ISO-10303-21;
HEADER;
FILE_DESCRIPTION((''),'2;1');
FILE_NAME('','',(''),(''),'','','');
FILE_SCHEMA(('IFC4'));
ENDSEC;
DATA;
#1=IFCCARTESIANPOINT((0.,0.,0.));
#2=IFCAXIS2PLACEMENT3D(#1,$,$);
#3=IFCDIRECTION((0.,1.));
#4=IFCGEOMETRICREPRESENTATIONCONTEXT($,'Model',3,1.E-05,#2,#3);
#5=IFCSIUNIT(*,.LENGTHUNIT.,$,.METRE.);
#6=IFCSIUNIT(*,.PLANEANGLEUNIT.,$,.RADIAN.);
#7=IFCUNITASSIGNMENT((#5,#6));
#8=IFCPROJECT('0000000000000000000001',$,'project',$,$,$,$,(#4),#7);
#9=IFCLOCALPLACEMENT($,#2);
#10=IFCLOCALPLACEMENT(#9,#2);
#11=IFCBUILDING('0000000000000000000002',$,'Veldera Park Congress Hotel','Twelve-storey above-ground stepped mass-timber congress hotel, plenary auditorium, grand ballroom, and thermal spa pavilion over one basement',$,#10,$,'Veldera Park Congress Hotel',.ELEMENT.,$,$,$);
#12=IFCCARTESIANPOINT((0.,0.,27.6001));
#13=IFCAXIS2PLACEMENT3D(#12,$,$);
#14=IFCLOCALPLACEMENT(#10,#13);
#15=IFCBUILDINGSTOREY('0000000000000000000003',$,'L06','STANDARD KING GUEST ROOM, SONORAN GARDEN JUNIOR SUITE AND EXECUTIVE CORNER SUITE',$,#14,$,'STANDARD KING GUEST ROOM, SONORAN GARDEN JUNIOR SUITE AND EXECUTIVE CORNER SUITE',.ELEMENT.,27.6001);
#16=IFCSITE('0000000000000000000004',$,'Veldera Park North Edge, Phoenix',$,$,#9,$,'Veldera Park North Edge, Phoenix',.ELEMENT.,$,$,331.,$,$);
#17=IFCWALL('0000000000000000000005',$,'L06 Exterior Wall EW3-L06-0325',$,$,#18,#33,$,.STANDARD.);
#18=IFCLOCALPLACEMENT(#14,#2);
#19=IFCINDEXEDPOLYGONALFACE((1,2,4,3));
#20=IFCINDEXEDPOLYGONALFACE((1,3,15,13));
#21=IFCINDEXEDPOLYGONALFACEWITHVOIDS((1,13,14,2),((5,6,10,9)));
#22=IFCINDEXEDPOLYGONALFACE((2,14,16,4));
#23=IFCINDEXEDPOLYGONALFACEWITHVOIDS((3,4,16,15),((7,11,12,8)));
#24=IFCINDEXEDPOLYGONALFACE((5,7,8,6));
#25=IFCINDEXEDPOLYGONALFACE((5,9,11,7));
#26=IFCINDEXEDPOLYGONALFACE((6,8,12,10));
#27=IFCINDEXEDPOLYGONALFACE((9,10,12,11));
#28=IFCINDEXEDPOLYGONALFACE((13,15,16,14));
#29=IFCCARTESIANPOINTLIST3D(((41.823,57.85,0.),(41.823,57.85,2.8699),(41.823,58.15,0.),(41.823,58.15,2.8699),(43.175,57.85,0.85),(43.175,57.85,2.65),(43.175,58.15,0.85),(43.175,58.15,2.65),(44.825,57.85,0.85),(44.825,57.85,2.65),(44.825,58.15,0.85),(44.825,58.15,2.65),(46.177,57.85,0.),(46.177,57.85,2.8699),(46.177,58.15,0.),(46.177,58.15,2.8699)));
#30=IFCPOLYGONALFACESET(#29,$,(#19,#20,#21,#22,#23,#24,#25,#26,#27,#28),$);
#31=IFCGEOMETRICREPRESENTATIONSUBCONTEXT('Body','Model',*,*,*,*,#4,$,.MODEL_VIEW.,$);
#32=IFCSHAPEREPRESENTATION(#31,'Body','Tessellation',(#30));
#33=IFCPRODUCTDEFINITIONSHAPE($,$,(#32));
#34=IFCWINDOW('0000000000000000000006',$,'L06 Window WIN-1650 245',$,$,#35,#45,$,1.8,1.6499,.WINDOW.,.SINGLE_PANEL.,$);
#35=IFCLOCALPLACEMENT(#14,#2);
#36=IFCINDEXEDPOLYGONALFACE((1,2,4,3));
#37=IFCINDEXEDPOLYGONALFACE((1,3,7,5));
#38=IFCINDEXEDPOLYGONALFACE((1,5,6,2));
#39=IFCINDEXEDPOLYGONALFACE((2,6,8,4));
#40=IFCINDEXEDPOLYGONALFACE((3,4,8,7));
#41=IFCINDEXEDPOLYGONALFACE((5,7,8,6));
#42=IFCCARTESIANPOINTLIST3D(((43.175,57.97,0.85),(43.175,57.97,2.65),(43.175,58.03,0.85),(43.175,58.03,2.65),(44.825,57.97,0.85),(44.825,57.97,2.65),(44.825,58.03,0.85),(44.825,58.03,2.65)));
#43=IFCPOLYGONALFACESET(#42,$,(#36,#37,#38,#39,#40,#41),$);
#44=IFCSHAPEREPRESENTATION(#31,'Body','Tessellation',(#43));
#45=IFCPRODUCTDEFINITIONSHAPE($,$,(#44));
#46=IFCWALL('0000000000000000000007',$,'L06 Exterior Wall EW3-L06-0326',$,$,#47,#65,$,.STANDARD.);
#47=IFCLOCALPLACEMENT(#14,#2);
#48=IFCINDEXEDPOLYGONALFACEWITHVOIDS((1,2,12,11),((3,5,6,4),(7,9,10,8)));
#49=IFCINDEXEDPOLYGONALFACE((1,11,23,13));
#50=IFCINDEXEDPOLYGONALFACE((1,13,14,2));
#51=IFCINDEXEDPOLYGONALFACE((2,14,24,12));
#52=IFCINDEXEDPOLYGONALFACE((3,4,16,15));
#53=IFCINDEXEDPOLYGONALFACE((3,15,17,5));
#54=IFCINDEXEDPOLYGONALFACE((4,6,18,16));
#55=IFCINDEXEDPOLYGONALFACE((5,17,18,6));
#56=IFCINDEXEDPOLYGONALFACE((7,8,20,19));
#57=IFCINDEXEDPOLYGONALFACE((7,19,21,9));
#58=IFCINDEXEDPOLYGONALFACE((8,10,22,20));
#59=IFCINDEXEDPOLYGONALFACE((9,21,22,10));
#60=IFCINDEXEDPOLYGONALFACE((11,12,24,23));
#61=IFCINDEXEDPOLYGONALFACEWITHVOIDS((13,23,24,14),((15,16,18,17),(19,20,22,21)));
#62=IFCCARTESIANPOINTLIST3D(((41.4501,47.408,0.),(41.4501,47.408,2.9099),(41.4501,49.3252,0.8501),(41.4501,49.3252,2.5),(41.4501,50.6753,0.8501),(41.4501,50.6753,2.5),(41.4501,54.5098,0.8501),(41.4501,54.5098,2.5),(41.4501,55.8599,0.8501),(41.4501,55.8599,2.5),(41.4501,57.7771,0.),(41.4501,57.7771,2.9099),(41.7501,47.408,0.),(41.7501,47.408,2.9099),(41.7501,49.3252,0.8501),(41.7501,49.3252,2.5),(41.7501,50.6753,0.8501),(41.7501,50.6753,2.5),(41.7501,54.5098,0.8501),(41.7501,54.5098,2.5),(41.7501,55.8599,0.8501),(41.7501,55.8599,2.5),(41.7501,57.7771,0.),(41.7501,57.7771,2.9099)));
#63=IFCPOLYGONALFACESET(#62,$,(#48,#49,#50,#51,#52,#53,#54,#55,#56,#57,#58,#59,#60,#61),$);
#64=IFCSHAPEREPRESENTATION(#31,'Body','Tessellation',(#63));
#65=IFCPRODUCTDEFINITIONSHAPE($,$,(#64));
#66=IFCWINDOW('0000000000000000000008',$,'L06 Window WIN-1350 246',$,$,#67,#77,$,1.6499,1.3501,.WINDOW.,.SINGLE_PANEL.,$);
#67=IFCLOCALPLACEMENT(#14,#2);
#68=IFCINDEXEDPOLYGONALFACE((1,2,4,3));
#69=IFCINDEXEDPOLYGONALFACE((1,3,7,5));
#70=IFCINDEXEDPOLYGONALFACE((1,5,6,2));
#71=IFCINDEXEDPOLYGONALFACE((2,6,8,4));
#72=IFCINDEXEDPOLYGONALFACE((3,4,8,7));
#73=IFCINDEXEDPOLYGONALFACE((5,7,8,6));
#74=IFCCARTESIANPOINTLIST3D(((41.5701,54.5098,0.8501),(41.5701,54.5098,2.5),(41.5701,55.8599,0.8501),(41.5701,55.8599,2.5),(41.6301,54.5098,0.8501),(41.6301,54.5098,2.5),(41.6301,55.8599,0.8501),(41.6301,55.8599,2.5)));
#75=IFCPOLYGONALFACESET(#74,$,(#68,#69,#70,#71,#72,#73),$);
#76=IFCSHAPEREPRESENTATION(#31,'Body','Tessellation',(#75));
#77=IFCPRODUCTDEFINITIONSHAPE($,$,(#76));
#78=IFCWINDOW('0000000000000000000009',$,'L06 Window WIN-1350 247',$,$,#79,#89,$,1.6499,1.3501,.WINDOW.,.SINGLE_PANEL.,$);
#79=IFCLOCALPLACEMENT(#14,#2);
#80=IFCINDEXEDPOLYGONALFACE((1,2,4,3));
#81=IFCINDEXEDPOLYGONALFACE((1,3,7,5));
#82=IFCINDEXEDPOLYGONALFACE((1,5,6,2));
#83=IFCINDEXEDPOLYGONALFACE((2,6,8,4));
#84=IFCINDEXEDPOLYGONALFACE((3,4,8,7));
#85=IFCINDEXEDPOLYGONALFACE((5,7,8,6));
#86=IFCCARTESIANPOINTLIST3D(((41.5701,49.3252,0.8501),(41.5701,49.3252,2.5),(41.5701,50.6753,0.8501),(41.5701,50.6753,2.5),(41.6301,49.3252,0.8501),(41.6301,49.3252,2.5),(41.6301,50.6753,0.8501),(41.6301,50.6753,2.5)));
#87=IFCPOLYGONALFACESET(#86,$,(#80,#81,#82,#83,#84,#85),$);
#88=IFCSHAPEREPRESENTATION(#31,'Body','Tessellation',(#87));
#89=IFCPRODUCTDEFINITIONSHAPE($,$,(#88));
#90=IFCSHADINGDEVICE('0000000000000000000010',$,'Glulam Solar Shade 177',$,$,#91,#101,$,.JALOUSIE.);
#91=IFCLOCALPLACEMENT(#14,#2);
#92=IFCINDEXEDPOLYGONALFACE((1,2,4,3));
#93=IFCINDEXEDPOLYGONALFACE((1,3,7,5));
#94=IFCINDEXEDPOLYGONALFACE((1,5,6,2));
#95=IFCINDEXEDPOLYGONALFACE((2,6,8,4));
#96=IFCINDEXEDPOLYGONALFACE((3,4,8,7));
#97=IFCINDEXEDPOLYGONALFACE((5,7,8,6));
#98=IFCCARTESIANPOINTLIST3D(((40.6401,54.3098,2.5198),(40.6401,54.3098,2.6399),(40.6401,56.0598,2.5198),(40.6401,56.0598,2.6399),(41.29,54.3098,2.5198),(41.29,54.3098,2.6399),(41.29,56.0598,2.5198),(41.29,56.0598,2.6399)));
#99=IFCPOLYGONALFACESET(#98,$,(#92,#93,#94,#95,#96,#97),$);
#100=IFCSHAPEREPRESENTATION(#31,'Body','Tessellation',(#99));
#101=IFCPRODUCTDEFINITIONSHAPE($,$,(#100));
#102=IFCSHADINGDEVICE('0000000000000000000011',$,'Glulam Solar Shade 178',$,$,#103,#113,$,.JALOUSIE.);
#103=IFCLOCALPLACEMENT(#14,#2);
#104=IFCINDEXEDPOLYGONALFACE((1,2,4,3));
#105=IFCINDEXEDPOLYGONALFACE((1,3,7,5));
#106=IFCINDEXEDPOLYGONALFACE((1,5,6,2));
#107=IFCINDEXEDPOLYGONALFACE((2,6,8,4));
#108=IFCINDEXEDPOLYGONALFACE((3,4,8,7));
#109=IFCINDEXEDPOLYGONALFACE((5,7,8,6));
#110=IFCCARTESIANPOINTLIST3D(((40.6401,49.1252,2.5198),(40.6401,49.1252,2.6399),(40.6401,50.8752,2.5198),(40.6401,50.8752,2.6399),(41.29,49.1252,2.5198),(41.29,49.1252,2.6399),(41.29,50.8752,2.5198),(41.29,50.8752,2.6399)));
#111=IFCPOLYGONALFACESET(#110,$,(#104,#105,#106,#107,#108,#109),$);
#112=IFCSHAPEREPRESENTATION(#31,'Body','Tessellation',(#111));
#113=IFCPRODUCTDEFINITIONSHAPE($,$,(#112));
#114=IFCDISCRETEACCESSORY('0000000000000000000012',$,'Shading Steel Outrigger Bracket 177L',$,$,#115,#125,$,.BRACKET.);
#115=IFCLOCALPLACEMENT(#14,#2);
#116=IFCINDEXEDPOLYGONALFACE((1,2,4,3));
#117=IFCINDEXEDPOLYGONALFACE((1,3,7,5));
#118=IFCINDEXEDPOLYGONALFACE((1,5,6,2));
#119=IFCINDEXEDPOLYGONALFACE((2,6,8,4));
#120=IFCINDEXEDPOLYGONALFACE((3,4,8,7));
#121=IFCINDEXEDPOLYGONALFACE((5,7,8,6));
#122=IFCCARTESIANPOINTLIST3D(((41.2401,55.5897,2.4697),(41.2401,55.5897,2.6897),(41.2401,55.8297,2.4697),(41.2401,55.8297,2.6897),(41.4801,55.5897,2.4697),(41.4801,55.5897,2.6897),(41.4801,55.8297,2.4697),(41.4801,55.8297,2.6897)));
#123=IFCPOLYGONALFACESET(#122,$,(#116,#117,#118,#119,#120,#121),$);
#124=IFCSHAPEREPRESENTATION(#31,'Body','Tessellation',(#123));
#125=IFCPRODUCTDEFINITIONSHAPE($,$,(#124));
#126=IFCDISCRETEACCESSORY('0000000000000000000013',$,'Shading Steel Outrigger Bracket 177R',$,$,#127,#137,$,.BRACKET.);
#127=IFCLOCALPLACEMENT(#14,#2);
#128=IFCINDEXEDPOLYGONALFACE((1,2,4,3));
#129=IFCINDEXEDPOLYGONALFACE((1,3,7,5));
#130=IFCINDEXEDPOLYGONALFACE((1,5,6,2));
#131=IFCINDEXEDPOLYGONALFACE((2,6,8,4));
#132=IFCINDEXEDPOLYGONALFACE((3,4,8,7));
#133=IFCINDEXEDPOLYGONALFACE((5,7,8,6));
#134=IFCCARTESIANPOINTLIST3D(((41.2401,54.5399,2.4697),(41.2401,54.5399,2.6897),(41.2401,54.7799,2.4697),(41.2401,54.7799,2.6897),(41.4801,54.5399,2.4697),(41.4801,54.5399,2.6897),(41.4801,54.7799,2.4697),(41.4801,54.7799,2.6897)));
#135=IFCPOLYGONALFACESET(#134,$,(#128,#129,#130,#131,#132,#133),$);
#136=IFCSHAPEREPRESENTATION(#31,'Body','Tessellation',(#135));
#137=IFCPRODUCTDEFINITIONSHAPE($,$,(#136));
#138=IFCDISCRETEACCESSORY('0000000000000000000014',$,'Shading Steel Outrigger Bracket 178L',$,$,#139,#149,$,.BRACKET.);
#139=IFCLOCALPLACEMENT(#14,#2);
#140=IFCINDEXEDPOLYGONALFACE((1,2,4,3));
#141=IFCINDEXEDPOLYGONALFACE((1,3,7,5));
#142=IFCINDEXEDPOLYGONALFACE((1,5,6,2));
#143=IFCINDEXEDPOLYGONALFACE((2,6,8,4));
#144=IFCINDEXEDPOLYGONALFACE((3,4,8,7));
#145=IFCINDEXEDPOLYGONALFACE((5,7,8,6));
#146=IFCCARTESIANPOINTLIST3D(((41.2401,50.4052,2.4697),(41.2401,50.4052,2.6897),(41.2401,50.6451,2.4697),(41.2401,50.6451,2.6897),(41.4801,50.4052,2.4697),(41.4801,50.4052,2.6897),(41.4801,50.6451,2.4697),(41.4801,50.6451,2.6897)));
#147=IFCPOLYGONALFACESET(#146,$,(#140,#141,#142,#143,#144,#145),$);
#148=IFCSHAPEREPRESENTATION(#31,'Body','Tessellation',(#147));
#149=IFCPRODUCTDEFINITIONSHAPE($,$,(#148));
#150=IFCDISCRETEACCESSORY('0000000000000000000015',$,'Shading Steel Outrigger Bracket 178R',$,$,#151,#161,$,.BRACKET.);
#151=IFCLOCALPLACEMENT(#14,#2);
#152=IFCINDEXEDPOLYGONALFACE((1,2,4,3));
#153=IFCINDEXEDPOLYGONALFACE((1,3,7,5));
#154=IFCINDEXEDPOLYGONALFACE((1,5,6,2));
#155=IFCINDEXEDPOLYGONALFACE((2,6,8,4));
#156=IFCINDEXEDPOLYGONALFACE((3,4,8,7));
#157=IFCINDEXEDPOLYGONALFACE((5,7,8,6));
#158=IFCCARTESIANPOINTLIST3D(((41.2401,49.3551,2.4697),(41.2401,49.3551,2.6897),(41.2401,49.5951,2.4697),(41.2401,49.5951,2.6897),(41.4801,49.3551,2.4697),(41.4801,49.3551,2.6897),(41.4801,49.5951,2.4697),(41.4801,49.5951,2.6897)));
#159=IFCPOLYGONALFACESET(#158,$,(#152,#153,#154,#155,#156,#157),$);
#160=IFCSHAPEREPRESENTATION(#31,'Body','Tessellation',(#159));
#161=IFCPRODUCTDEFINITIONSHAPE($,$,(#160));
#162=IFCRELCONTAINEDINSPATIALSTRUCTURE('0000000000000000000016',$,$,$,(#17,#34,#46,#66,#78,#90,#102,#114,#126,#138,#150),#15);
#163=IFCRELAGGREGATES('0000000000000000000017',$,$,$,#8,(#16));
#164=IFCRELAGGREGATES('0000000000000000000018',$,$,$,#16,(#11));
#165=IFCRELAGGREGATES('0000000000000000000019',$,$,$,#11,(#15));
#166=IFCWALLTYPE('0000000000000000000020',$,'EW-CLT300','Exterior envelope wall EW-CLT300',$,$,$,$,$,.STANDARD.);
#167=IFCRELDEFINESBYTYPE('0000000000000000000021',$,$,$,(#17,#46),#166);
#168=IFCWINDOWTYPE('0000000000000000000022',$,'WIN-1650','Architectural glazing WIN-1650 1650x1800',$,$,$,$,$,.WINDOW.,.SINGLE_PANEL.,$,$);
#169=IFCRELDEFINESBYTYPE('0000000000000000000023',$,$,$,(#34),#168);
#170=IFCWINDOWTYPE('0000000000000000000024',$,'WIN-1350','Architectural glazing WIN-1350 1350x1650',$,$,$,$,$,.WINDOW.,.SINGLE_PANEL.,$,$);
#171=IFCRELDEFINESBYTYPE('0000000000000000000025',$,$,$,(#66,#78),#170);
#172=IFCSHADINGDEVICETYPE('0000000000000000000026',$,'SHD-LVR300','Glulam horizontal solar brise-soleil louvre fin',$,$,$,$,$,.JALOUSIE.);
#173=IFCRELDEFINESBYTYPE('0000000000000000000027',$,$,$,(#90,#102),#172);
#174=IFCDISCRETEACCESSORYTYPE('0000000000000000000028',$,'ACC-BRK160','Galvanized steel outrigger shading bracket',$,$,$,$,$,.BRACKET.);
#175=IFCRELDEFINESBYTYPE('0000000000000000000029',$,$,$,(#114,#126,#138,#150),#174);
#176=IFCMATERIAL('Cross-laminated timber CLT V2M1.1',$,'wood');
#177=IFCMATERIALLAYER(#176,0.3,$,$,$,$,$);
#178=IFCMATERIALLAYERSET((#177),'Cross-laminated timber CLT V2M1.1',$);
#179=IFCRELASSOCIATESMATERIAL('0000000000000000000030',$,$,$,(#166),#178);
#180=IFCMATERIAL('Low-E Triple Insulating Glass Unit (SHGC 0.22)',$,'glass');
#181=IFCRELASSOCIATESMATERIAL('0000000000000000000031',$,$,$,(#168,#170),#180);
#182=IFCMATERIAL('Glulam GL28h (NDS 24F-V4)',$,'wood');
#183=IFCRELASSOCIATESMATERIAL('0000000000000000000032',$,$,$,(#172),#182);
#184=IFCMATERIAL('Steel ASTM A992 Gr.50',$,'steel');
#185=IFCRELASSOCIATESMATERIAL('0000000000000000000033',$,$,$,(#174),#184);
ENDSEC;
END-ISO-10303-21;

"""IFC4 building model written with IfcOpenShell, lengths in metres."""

from ifc_helpers import new_model, si_unit, direction, frame, frame_2d, origin, origin_2d, place, context, subcontext, project, spatial, rectangle, extrude, material, layer, layer_set, type_object, element, fill, save


model = new_model("IFC4")

# Units and contexts
model_context = context("Model", 3, precision=1e-05, world=origin(), true_north=direction((0.0, 1.0)))
body_context = subcontext(model_context, "Body", "Model", "MODEL_VIEW")
ifc_project = project(units=[si_unit("LENGTHUNIT", "METRE"), si_unit("PLANEANGLEUNIT", "RADIAN")], contexts=[model_context])

# Site, building, storey
site_placement = place(None, origin())
site = spatial("IfcSite", under=ifc_project, at=site_placement, Name="Veldera Park North Edge, Phoenix", LongName="Veldera Park North Edge, Phoenix", CompositionType="ELEMENT", RefElevation=331.0)
building_placement = place(site_placement, origin())
building = spatial("IfcBuilding", under=site, at=building_placement, Name="Veldera Park Congress Hotel", Description="Twelve-storey above-ground stepped mass-timber congress hotel, plenary auditorium, grand ballroom, and thermal spa pavilion over one basement", LongName="Veldera Park Congress Hotel", CompositionType="ELEMENT")
storey_placement = place(building_placement, frame((0.0, 0.0, 27.6001)))
storey = spatial("IfcBuildingStorey", under=building, at=storey_placement, Name="L06", Description="STANDARD KING GUEST ROOM, SONORAN GARDEN JUNIOR SUITE AND EXECUTIVE CORNER SUITE", LongName="STANDARD KING GUEST ROOM, SONORAN GARDEN JUNIOR SUITE AND EXECUTIVE CORNER SUITE", CompositionType="ELEMENT", Elevation=27.6001)

# Shared definitions
ifc_material_1 = material(Name="Glulam GL28h (NDS 24F-V4)", Category="wood")

# Shared definitions
ifc_material_2 = material(Name="Cross-laminated timber CLT V2M1.1", Category="wood")
ifc_layer = layer(ifc_material_2, 0.3)
ifc_layer_set = layer_set([ifc_layer], Name="Cross-laminated timber CLT V2M1.1")
wall_type = type_object("IfcWallType", Name="EW-CLT300", Description="Exterior envelope wall EW-CLT300", PredefinedType="STANDARD", material=ifc_layer_set)

# Wall, opening, window
wall_1_placement = place(storey_placement, frame((46.177, 58.0, 0.0), z_axis=(0.0, 0.0, 1.0), x_axis=(-1.0, 0.0, 0.0)))
wall_1 = element("IfcWall", 1, at=wall_1_placement, inside=storey, type_object=wall_type, Name="L06 Exterior Wall EW3-L06-0325", PredefinedType="STANDARD", context=body_context, shape_type="SweptSolid", body=[
    extrude(rectangle(XDim=4.354, YDim=0.3, at=frame_2d((2.177, 0.0))), origin(), (0.0, 0.0, 1.0), 2.8699),
])
opening_1_placement = place(wall_1_placement, frame((1.3521, 0.0, 0.8501)))
opening_1 = element("IfcOpeningElement", 2, at=opening_1_placement, cuts=wall_1, PredefinedType="OPENING", context=body_context, shape_type="SweptSolid", body=[
    extrude(rectangle(XDim=1.6499, YDim=1.8, at=frame_2d((0.825, 0.8999))), frame((0.0, 0.1621, 0.0), z_axis=(0.0, -1.0, 0.0), x_axis=(1.0, 0.0, 0.0)), (0.0, 0.0, 1.0), 0.324),
])
ifc_material_3 = material(Name="Low-E Triple Insulating Glass Unit (SHGC 0.22)", Category="glass")
window_type_1 = type_object("IfcWindowType", Name="WIN-1650", Description="Architectural glazing WIN-1650 1650x1800", PartitioningType="SINGLE_PANEL", PredefinedType="WINDOW", material=ifc_material_3)
window_1_placement = place(opening_1_placement, origin())
window_1 = element("IfcWindow", 3, at=window_1_placement, inside=storey, type_object=window_type_1, Name="L06 Window WIN-1650 245", OverallHeight=1.8, OverallWidth=1.6499, PartitioningType="SINGLE_PANEL", PredefinedType="WINDOW", context=body_context, shape_type="SweptSolid", body=[
    extrude(rectangle(XDim=1.6499, YDim=1.8, at=frame_2d((0.825, 0.8999))), frame((0.0, 0.03, 0.0), z_axis=(0.0, -1.0, 0.0), x_axis=(1.0, 0.0, 0.0)), (0.0, 0.0, 1.0), 0.0601),
])
fill(opening_1, window_1)

# Wall, openings, windows
wall_2_placement = place(storey_placement, frame((41.6001, 57.7771, 0.0), z_axis=(0.0, 0.0, 1.0), x_axis=(0.0, -1.0, 0.0)))
wall_2 = element("IfcWall", 4, at=wall_2_placement, inside=storey, type_object=wall_type, Name="L06 Exterior Wall EW3-L06-0326", PredefinedType="STANDARD", context=body_context, shape_type="SweptSolid", body=[
    extrude(rectangle(XDim=10.3691, YDim=0.3, at=frame_2d((5.1846, 0.0))), origin(), (0.0, 0.0, 1.0), 2.9099),
])
opening_2_placement = place(wall_2_placement, frame((1.9172, 0.0, 0.8501)))
opening_2 = element("IfcOpeningElement", 5, at=opening_2_placement, cuts=wall_2, PredefinedType="OPENING", context=body_context, shape_type="SweptSolid", body=[
    extrude(rectangle(XDim=1.3501, YDim=1.6499, at=frame_2d((0.675, 0.825))), frame((0.0, 0.1621, 0.0), z_axis=(0.0, -1.0, 0.0), x_axis=(1.0, 0.0, 0.0)), (0.0, 0.0, 1.0), 0.324),
])
opening_3_placement = place(wall_2_placement, frame((7.1018, 0.0, 0.8501)))
opening_3 = element("IfcOpeningElement", 6, at=opening_3_placement, cuts=wall_2, PredefinedType="OPENING", context=body_context, shape_type="SweptSolid", body=[
    extrude(rectangle(XDim=1.3501, YDim=1.6499, at=frame_2d((0.675, 0.825))), frame((0.0, 0.1621, 0.0), z_axis=(0.0, -1.0, 0.0), x_axis=(1.0, 0.0, 0.0)), (0.0, 0.0, 1.0), 0.324),
])
window_type_2 = type_object("IfcWindowType", Name="WIN-1350", Description="Architectural glazing WIN-1350 1350x1650", PartitioningType="SINGLE_PANEL", PredefinedType="WINDOW", material=ifc_material_3)
window_2_placement = place(opening_2_placement, origin())
window_2 = element("IfcWindow", 7, at=window_2_placement, inside=storey, type_object=window_type_2, Name="L06 Window WIN-1350 246", OverallHeight=1.6499, OverallWidth=1.3501, PartitioningType="SINGLE_PANEL", PredefinedType="WINDOW", context=body_context, shape_type="SweptSolid", body=[
    extrude(rectangle(XDim=1.3501, YDim=1.6499, at=frame_2d((0.675, 0.825))), frame((0.0, 0.03, 0.0), z_axis=(0.0, -1.0, 0.0), x_axis=(1.0, 0.0, 0.0)), (0.0, 0.0, 1.0), 0.0601),
])
fill(opening_2, window_2)
window_3_placement = place(opening_3_placement, origin())
window_3 = element("IfcWindow", 8, at=window_3_placement, inside=storey, type_object=window_type_2, Name="L06 Window WIN-1350 247", OverallHeight=1.6499, OverallWidth=1.3501, PartitioningType="SINGLE_PANEL", PredefinedType="WINDOW", context=body_context, shape_type="SweptSolid", body=[
    extrude(rectangle(XDim=1.3501, YDim=1.6499, at=frame_2d((0.675, 0.825))), frame((0.0, 0.03, 0.0), z_axis=(0.0, -1.0, 0.0), x_axis=(1.0, 0.0, 0.0)), (0.0, 0.0, 1.0), 0.0601),
])
fill(opening_3, window_3)

# Shading devices
shading_device_type = type_object("IfcShadingDeviceType", Name="SHD-LVR300", Description="Glulam horizontal solar brise-soleil louvre fin", PredefinedType="JALOUSIE", material=ifc_material_1)
for number, where, z_axis, x_axis, name in (
    (9, (40.9651, 55.1848, 2.5198), (0.0, 0.0, 1.0), (0.0, -1.0, 0.0), "Glulam Solar Shade 177"),
    (10, (40.9651, 50.0002, 2.5198), (0.0, 0.0, 1.0), (0.0, -1.0, 0.0), "Glulam Solar Shade 178"),
):
    element("IfcShadingDevice", number, at=place(storey_placement, frame(where, z_axis=z_axis, x_axis=x_axis)), inside=storey, type_object=shading_device_type, Name=name, PredefinedType="JALOUSIE", context=body_context, shape_type="SweptSolid", body=[
        extrude(rectangle(XDim=1.75, YDim=0.6499, at=origin_2d()), origin(), (0.0, 0.0, 1.0), 0.1201),
    ])

# Discrete accessories
ifc_material_4 = material(Name="Steel ASTM A992 Gr.50", Category="steel")
discrete_accessory_type = type_object("IfcDiscreteAccessoryType", Name="ACC-BRK160", Description="Galvanized steel outrigger shading bracket", PredefinedType="BRACKET", material=ifc_material_4)
for number, where, z_axis, x_axis, name in (
    (11, (41.3601, 55.7097, 2.4697), (0.0, 0.0, 1.0), (0.0, -1.0, 0.0), "Shading Steel Outrigger Bracket 177L"),
    (12, (41.3601, 54.6599, 2.4697), (0.0, 0.0, 1.0), (0.0, -1.0, 0.0), "Shading Steel Outrigger Bracket 177R"),
    (13, (41.3601, 50.5251, 2.4697), (0.0, 0.0, 1.0), (0.0, -1.0, 0.0), "Shading Steel Outrigger Bracket 178L"),
    (14, (41.3601, 49.4751, 2.4697), (0.0, 0.0, 1.0), (0.0, -1.0, 0.0), "Shading Steel Outrigger Bracket 178R"),
):
    element("IfcDiscreteAccessory", number, at=place(storey_placement, frame(where, z_axis=z_axis, x_axis=x_axis)), inside=storey, type_object=discrete_accessory_type, Name=name, PredefinedType="BRACKET", context=body_context, shape_type="SweptSolid", body=[
        extrude(rectangle(XDim=0.24, YDim=0.24, at=origin_2d()), origin(), (0.0, 0.0, 1.0), 0.22),
    ])

save(model, "model.ifc")
